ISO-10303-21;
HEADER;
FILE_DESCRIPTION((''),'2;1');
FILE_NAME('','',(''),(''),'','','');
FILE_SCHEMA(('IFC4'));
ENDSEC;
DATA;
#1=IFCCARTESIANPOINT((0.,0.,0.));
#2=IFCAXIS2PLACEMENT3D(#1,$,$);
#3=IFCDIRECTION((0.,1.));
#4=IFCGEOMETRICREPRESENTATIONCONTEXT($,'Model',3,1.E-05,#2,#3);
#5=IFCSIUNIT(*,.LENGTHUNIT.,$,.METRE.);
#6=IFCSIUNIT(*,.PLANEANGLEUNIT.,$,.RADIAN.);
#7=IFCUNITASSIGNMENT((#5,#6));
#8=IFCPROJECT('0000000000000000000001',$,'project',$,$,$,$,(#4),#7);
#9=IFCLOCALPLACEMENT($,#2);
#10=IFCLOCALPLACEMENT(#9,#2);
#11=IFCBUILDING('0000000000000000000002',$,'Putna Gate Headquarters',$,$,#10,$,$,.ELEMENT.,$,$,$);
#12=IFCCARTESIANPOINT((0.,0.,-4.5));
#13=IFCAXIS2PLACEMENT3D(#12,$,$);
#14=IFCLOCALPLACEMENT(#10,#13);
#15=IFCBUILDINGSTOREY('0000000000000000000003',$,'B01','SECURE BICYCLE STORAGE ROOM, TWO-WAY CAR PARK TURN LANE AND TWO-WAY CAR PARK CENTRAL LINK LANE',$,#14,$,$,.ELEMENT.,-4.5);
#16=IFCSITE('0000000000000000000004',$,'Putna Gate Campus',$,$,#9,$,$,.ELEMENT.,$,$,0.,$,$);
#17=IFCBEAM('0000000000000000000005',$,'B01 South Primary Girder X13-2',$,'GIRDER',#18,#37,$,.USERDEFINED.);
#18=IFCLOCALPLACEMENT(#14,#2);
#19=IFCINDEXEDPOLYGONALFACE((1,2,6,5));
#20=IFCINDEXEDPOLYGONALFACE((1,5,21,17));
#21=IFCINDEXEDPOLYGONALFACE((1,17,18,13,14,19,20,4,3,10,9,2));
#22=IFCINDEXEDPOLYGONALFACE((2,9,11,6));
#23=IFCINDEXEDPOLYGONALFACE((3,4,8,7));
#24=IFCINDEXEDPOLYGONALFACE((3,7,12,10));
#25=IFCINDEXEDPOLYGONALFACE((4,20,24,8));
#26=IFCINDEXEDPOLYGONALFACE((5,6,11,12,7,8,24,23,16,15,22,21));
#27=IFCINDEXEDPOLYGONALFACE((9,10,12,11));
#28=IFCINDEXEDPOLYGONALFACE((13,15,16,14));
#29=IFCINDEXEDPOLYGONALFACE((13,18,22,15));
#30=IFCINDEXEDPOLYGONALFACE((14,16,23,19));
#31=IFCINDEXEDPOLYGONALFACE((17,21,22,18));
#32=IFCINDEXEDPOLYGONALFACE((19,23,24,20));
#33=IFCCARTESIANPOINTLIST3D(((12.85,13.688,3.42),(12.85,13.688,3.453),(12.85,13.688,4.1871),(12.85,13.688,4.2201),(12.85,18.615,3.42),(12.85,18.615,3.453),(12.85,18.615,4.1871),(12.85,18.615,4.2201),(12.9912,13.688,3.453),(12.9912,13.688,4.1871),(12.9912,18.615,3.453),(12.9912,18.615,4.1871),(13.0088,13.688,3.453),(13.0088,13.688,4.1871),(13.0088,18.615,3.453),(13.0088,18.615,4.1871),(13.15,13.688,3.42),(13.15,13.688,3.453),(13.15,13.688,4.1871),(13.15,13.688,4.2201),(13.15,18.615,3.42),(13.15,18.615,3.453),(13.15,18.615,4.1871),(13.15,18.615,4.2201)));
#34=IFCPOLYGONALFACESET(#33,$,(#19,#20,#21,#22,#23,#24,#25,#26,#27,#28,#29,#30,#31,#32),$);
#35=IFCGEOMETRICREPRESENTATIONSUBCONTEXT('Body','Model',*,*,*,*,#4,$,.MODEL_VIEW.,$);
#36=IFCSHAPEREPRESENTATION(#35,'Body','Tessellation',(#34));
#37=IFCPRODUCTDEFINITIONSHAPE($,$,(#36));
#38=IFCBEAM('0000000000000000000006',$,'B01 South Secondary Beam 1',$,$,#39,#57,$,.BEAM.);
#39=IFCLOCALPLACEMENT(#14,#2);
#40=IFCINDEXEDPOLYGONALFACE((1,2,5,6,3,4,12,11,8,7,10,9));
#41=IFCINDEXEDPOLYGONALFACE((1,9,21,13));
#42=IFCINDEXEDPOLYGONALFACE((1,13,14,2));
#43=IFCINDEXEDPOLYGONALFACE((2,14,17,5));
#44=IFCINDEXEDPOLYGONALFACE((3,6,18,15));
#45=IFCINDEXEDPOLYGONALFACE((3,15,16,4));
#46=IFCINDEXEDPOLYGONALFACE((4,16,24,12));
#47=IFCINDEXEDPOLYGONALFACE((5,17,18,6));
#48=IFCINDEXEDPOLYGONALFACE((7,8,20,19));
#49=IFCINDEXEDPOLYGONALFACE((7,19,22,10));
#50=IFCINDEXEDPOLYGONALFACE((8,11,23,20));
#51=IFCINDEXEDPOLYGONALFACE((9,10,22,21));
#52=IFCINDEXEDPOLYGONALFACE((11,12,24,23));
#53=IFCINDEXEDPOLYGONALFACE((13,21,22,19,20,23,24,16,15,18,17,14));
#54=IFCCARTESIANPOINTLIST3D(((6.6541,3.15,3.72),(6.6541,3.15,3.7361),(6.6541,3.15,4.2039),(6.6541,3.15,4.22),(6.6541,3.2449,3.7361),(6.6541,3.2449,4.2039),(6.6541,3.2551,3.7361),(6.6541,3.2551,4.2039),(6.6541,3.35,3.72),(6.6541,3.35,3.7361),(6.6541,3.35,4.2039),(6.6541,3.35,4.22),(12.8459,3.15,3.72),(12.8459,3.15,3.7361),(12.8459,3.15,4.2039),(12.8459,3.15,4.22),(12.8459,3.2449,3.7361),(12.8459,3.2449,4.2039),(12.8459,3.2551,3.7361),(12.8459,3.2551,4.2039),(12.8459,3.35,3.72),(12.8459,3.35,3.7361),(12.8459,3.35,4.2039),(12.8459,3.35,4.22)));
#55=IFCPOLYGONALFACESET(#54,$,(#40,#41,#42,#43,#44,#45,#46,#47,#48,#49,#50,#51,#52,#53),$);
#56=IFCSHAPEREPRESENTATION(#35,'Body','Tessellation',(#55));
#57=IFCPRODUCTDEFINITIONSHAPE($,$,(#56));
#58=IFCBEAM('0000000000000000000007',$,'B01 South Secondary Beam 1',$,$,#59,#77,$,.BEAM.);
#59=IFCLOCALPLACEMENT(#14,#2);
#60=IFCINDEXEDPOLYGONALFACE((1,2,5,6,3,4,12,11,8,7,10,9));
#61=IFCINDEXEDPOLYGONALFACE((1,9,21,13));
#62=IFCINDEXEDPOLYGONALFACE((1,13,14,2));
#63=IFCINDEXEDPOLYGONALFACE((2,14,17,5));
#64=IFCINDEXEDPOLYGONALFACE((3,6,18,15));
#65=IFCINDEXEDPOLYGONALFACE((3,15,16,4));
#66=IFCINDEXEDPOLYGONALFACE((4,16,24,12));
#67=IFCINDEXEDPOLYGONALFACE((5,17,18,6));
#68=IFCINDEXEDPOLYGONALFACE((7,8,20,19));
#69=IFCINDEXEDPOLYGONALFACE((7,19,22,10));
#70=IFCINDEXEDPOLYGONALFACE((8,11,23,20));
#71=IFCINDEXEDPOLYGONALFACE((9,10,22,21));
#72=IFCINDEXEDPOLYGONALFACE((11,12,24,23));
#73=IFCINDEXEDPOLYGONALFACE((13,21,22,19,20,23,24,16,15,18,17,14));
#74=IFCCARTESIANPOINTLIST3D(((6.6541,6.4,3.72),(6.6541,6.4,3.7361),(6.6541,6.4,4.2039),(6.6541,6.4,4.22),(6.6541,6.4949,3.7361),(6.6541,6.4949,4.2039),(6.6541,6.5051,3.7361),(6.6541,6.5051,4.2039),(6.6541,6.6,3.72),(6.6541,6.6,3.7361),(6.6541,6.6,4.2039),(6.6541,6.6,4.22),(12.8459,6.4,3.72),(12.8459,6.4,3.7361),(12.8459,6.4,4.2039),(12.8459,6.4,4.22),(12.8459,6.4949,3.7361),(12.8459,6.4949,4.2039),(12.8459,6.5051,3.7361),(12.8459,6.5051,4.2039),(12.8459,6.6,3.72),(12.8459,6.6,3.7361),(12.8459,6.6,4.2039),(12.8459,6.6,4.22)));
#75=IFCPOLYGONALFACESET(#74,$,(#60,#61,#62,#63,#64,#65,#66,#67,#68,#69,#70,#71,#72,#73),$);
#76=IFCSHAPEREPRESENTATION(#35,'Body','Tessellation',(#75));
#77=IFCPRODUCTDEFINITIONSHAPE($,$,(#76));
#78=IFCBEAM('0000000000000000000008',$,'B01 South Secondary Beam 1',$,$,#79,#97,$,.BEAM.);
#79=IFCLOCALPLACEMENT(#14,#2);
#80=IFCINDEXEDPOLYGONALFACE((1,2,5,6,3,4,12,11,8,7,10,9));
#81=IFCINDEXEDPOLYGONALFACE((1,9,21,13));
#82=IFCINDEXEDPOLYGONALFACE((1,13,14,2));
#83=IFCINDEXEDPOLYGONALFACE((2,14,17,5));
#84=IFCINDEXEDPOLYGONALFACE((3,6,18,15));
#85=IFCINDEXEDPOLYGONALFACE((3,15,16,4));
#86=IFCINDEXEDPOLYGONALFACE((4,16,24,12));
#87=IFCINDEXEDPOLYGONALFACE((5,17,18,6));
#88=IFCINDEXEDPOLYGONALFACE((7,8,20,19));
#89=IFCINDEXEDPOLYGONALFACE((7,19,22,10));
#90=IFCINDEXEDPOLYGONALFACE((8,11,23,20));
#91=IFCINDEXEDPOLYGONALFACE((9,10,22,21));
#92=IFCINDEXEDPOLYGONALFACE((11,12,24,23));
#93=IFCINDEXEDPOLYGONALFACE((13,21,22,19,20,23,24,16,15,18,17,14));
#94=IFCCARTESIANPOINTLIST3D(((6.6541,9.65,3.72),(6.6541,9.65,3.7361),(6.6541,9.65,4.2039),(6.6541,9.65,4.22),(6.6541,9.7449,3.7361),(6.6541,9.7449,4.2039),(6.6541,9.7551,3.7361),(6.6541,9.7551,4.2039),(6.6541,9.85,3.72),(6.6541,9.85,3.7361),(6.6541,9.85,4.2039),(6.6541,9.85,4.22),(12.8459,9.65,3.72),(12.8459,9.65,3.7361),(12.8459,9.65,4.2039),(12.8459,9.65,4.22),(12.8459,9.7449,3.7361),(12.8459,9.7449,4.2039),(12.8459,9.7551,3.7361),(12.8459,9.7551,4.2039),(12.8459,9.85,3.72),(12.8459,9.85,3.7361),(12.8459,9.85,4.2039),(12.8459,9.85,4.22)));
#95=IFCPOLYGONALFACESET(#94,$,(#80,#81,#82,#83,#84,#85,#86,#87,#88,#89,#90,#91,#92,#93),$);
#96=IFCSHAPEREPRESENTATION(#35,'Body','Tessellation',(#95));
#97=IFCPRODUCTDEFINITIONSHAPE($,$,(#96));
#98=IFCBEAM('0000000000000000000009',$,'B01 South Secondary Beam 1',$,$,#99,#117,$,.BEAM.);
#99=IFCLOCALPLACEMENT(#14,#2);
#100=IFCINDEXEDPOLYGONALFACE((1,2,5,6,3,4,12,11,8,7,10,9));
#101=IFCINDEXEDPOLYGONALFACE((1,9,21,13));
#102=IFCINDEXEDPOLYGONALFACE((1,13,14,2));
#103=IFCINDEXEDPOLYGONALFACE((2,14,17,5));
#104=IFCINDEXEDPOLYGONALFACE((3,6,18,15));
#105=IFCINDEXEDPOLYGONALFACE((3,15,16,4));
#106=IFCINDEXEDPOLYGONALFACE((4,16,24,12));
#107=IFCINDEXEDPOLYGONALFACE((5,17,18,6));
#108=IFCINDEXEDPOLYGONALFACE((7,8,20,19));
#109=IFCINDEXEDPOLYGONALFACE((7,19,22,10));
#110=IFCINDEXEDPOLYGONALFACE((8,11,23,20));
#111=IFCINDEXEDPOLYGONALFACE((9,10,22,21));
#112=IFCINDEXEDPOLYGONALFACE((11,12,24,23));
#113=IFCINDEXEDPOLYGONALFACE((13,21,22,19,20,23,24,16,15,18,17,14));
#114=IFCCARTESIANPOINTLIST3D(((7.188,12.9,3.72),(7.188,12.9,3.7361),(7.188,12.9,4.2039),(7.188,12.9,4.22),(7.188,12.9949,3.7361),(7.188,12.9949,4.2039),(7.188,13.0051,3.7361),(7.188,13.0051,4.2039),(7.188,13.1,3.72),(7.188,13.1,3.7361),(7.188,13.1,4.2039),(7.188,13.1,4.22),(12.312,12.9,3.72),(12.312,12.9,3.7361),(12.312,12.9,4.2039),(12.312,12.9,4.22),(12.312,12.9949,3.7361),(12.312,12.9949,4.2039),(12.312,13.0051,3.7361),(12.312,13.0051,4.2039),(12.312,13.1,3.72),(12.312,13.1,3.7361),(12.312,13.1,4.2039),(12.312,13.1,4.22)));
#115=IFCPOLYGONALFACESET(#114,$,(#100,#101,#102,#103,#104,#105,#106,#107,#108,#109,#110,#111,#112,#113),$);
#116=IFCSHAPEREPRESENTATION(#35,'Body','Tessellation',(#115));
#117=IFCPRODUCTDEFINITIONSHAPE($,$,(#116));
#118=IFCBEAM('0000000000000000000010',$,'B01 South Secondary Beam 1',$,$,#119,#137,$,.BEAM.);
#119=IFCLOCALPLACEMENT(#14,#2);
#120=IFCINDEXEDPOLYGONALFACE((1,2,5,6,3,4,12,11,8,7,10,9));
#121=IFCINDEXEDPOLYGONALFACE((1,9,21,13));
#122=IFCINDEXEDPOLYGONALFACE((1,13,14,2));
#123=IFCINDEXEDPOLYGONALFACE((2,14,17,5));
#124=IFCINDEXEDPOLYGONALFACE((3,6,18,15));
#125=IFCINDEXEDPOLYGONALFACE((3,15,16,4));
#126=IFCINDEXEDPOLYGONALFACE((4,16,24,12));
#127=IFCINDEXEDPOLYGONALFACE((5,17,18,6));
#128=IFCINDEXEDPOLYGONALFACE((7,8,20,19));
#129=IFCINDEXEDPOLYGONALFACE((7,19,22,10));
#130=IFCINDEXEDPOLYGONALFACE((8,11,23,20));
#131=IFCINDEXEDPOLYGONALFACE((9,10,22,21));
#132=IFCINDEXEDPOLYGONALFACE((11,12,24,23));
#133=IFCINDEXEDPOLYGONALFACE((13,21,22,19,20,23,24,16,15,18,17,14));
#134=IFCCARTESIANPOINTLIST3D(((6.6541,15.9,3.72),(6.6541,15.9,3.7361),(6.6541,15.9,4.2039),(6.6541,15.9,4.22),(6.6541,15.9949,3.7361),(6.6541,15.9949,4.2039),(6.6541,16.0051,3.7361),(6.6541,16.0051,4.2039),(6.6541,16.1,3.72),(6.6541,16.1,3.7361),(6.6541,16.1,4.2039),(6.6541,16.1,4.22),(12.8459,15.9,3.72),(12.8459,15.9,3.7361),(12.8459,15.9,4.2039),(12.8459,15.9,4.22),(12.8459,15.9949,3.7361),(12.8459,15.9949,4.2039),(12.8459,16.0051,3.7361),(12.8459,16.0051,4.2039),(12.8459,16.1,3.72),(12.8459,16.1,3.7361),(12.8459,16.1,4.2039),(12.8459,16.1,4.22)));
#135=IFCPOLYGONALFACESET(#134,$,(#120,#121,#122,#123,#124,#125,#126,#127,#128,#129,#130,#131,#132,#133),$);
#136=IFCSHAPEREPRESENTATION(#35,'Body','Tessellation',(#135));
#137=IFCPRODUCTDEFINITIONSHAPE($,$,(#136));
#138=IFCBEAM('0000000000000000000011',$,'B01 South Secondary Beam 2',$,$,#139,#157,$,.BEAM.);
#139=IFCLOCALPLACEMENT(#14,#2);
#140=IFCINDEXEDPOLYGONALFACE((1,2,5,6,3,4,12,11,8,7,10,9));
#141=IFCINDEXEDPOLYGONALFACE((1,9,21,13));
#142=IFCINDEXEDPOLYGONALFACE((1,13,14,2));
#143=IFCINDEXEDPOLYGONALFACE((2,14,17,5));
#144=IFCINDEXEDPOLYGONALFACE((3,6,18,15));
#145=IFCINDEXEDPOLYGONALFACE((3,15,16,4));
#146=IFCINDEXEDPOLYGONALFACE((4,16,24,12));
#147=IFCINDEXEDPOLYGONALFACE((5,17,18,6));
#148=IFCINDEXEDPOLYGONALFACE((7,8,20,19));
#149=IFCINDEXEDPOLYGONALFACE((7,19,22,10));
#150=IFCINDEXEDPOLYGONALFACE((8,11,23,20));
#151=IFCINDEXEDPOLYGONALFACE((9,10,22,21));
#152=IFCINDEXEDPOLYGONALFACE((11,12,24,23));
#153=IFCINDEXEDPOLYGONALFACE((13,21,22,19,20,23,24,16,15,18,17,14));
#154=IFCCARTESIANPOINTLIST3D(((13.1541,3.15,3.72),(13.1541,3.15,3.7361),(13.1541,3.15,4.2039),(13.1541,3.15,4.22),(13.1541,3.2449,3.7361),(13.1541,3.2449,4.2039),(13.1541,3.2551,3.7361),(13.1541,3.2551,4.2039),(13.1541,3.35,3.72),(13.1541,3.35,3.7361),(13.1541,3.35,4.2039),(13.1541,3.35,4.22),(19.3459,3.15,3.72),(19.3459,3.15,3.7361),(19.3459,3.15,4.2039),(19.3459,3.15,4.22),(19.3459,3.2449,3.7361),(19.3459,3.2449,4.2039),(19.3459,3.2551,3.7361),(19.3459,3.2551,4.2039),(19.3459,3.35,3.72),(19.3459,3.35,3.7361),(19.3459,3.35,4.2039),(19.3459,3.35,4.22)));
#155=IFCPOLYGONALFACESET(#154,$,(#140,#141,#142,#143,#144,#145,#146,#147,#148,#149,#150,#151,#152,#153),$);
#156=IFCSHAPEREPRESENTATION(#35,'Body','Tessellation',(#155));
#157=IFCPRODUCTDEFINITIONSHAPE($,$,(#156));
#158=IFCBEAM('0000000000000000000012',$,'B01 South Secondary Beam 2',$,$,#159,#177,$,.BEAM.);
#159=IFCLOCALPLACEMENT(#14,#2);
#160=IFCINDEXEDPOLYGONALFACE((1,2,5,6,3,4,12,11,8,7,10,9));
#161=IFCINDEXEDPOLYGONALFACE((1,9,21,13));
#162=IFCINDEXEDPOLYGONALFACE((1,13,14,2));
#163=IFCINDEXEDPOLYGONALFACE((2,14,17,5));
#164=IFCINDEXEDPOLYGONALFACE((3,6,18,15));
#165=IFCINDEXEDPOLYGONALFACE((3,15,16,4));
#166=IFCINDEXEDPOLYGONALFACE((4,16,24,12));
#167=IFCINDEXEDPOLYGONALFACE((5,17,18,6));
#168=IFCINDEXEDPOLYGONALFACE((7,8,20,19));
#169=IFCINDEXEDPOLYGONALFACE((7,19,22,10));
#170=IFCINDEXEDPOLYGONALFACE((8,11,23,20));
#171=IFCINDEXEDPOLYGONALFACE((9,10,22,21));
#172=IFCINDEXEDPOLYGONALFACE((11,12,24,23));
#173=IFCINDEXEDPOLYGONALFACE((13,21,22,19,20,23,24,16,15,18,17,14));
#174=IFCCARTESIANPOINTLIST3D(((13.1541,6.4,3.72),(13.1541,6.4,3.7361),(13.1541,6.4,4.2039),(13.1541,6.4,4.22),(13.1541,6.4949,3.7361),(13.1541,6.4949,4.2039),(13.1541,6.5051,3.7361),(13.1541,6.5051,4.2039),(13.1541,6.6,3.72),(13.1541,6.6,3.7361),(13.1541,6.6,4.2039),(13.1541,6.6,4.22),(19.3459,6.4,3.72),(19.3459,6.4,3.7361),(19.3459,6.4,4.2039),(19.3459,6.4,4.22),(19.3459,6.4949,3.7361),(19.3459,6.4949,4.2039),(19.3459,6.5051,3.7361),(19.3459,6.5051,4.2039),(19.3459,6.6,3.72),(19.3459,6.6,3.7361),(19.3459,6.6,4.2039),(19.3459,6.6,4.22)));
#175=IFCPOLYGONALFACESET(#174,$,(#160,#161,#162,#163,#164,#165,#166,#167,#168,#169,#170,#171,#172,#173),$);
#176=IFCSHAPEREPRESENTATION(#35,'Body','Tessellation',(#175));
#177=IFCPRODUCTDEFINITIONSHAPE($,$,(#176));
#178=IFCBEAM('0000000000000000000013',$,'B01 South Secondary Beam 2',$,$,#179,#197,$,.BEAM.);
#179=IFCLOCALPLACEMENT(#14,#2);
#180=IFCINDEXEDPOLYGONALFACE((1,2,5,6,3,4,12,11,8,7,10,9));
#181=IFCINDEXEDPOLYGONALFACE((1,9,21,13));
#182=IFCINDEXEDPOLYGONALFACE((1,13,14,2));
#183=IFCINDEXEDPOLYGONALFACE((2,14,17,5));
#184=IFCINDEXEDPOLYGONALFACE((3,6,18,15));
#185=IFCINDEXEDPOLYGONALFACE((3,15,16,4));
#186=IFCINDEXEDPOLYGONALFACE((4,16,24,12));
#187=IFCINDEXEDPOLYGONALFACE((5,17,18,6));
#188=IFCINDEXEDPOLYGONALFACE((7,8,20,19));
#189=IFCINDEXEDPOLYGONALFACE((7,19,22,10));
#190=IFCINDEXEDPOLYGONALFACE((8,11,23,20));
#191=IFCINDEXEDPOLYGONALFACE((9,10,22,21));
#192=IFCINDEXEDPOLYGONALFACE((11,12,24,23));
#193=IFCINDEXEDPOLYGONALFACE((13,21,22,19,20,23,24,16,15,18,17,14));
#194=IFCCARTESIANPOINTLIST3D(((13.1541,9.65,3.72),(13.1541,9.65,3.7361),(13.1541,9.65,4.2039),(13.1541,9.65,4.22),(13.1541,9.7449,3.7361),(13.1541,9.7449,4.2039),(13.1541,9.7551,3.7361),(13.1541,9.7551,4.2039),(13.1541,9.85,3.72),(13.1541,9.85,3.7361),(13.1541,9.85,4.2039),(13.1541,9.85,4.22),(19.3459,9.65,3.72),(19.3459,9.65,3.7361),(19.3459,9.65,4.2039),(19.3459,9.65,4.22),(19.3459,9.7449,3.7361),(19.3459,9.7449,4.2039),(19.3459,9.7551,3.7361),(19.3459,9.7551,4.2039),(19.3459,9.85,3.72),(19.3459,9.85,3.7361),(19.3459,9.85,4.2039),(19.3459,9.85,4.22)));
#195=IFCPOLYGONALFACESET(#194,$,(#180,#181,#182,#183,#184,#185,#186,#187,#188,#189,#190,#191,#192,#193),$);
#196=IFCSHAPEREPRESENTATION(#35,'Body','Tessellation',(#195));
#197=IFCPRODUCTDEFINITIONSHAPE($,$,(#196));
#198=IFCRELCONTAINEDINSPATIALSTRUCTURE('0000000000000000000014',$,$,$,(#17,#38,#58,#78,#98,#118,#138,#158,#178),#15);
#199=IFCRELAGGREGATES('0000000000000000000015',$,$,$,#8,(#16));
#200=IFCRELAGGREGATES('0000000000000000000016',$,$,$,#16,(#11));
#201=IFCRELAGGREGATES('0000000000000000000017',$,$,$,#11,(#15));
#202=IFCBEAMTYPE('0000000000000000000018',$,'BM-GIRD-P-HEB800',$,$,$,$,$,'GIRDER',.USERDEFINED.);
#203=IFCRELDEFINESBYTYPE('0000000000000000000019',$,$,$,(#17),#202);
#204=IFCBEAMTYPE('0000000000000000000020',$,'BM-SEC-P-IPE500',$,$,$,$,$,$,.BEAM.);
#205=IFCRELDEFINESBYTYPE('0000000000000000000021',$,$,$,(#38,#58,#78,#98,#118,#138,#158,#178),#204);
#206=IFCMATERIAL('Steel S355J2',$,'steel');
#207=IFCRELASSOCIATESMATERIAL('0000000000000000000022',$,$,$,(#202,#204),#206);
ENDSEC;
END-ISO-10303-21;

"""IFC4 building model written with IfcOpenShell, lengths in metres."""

from ifc_helpers import new_model, si_unit, direction, frame, origin, origin_2d, place, context, subcontext, project, spatial, i_section, extrude, material, material_profile, profile_set, type_object, element, save


model = new_model("IFC4")

# Units and contexts
model_context = context("Model", 3, precision=1e-05, world=origin(), true_north=direction((0.0, 1.0)))
body_context = subcontext(model_context, "Body", "Model", "MODEL_VIEW")
ifc_project = project(units=[si_unit("LENGTHUNIT", "METRE"), si_unit("PLANEANGLEUNIT", "RADIAN")], contexts=[model_context])

# Site, building, storey
site_placement = place(None, origin())
site = spatial("IfcSite", under=ifc_project, at=site_placement, Name="Putna Gate Campus", CompositionType="ELEMENT", RefElevation=0.0)
building_placement = place(site_placement, origin())
building = spatial("IfcBuilding", under=site, at=building_placement, Name="Putna Gate Headquarters", CompositionType="ELEMENT")
storey_placement = place(building_placement, frame((0.0, 0.0, -4.5)))
storey = spatial("IfcBuildingStorey", under=building, at=storey_placement, Name="B01", Description="SECURE BICYCLE STORAGE ROOM, TWO-WAY CAR PARK TURN LANE AND TWO-WAY CAR PARK CENTRAL LINK LANE", CompositionType="ELEMENT", Elevation=-4.5)

# Beams
ifc_material_1 = material(Name="Steel S355J2", Category="steel")
ifc_material_profile_1 = material_profile(ifc_material_1, i_section(OverallWidth=0.3, OverallDepth=0.8, WebThickness=0.0176, FlangeThickness=0.033, at=origin_2d()), Name="Steel S355J2")
ifc_profile_set_1 = profile_set([ifc_material_profile_1], Name="Steel S355J2")
beam_type_1 = type_object("IfcBeamType", Name="BM-GIRD-P-HEB800", ElementType="GIRDER", PredefinedType="USERDEFINED", material=ifc_profile_set_1)
beam_1_placement = place(storey_placement, frame((13.0, 13.688, 3.8201), z_axis=(0.0, 1.0, 0.0), x_axis=(-1.0, 0.0, 0.0)))
element("IfcBeam", 1, at=beam_1_placement, inside=storey, type_object=beam_type_1, Name="B01 South Primary Girder X13-2", ObjectType="GIRDER", PredefinedType="USERDEFINED", context=body_context, shape_type="SweptSolid", body=[
    extrude(i_section(OverallWidth=0.3, OverallDepth=0.8, WebThickness=0.0176, FlangeThickness=0.033, at=origin_2d()), origin(), (0.0, 0.0, 1.0), 4.927),
])
ifc_material_profile_2 = material_profile(ifc_material_1, i_section(OverallWidth=0.2, OverallDepth=0.5, WebThickness=0.0103, FlangeThickness=0.0161, at=origin_2d()), Name="Steel S355J2")
ifc_profile_set_2 = profile_set([ifc_material_profile_2], Name="Steel S355J2")
beam_type_2 = type_object("IfcBeamType", Name="BM-SEC-P-IPE500", PredefinedType="BEAM", material=ifc_profile_set_2)
for number, where, z_axis, x_axis, name in (
    (2, (6.6541, 3.25, 3.97), (1.0, 0.0, 0.0), (0.0, 1.0, 0.0), "B01 South Secondary Beam 1"),
    (3, (6.6541, 6.5, 3.97), (1.0, 0.0, 0.0), (0.0, 1.0, 0.0), "B01 South Secondary Beam 1"),
    (4, (6.6541, 9.75, 3.97), (1.0, 0.0, 0.0), (0.0, 1.0, 0.0), "B01 South Secondary Beam 1"),
):
    element("IfcBeam", number, at=place(storey_placement, frame(where, z_axis=z_axis, x_axis=x_axis)), inside=storey, type_object=beam_type_2, Name=name, PredefinedType="BEAM", context=body_context, shape_type="SweptSolid", body=[
        extrude(i_section(OverallWidth=0.2, OverallDepth=0.5, WebThickness=0.0103, FlangeThickness=0.0161, at=origin_2d()), origin(), (0.0, 0.0, 1.0), 6.1919),
    ])
beam_2_placement = place(storey_placement, frame((7.188, 13.0, 3.97), z_axis=(1.0, 0.0, 0.0), x_axis=(0.0, 1.0, 0.0)))
element("IfcBeam", 5, at=beam_2_placement, inside=storey, type_object=beam_type_2, Name="B01 South Secondary Beam 1", PredefinedType="BEAM", context=body_context, shape_type="SweptSolid", body=[
    extrude(i_section(OverallWidth=0.2, OverallDepth=0.5, WebThickness=0.0103, FlangeThickness=0.0161, at=origin_2d()), origin(), (0.0, 0.0, 1.0), 5.124),
])
for number, where, z_axis, x_axis, name in (
    (6, (6.6541, 16.0, 3.97), (1.0, 0.0, 0.0), (0.0, 1.0, 0.0), "B01 South Secondary Beam 1"),
    (7, (13.1541, 3.25, 3.97), (1.0, 0.0, 0.0), (0.0, 1.0, 0.0), "B01 South Secondary Beam 2"),
    (8, (13.1541, 6.5, 3.97), (1.0, 0.0, 0.0), (0.0, 1.0, 0.0), "B01 South Secondary Beam 2"),
    (9, (13.1541, 9.75, 3.97), (1.0, 0.0, 0.0), (0.0, 1.0, 0.0), "B01 South Secondary Beam 2"),
):
    element("IfcBeam", number, at=place(storey_placement, frame(where, z_axis=z_axis, x_axis=x_axis)), inside=storey, type_object=beam_type_2, Name=name, PredefinedType="BEAM", context=body_context, shape_type="SweptSolid", body=[
        extrude(i_section(OverallWidth=0.2, OverallDepth=0.5, WebThickness=0.0103, FlangeThickness=0.0161, at=origin_2d()), origin(), (0.0, 0.0, 1.0), 6.1919),
    ])

save(model, "model.ifc")
